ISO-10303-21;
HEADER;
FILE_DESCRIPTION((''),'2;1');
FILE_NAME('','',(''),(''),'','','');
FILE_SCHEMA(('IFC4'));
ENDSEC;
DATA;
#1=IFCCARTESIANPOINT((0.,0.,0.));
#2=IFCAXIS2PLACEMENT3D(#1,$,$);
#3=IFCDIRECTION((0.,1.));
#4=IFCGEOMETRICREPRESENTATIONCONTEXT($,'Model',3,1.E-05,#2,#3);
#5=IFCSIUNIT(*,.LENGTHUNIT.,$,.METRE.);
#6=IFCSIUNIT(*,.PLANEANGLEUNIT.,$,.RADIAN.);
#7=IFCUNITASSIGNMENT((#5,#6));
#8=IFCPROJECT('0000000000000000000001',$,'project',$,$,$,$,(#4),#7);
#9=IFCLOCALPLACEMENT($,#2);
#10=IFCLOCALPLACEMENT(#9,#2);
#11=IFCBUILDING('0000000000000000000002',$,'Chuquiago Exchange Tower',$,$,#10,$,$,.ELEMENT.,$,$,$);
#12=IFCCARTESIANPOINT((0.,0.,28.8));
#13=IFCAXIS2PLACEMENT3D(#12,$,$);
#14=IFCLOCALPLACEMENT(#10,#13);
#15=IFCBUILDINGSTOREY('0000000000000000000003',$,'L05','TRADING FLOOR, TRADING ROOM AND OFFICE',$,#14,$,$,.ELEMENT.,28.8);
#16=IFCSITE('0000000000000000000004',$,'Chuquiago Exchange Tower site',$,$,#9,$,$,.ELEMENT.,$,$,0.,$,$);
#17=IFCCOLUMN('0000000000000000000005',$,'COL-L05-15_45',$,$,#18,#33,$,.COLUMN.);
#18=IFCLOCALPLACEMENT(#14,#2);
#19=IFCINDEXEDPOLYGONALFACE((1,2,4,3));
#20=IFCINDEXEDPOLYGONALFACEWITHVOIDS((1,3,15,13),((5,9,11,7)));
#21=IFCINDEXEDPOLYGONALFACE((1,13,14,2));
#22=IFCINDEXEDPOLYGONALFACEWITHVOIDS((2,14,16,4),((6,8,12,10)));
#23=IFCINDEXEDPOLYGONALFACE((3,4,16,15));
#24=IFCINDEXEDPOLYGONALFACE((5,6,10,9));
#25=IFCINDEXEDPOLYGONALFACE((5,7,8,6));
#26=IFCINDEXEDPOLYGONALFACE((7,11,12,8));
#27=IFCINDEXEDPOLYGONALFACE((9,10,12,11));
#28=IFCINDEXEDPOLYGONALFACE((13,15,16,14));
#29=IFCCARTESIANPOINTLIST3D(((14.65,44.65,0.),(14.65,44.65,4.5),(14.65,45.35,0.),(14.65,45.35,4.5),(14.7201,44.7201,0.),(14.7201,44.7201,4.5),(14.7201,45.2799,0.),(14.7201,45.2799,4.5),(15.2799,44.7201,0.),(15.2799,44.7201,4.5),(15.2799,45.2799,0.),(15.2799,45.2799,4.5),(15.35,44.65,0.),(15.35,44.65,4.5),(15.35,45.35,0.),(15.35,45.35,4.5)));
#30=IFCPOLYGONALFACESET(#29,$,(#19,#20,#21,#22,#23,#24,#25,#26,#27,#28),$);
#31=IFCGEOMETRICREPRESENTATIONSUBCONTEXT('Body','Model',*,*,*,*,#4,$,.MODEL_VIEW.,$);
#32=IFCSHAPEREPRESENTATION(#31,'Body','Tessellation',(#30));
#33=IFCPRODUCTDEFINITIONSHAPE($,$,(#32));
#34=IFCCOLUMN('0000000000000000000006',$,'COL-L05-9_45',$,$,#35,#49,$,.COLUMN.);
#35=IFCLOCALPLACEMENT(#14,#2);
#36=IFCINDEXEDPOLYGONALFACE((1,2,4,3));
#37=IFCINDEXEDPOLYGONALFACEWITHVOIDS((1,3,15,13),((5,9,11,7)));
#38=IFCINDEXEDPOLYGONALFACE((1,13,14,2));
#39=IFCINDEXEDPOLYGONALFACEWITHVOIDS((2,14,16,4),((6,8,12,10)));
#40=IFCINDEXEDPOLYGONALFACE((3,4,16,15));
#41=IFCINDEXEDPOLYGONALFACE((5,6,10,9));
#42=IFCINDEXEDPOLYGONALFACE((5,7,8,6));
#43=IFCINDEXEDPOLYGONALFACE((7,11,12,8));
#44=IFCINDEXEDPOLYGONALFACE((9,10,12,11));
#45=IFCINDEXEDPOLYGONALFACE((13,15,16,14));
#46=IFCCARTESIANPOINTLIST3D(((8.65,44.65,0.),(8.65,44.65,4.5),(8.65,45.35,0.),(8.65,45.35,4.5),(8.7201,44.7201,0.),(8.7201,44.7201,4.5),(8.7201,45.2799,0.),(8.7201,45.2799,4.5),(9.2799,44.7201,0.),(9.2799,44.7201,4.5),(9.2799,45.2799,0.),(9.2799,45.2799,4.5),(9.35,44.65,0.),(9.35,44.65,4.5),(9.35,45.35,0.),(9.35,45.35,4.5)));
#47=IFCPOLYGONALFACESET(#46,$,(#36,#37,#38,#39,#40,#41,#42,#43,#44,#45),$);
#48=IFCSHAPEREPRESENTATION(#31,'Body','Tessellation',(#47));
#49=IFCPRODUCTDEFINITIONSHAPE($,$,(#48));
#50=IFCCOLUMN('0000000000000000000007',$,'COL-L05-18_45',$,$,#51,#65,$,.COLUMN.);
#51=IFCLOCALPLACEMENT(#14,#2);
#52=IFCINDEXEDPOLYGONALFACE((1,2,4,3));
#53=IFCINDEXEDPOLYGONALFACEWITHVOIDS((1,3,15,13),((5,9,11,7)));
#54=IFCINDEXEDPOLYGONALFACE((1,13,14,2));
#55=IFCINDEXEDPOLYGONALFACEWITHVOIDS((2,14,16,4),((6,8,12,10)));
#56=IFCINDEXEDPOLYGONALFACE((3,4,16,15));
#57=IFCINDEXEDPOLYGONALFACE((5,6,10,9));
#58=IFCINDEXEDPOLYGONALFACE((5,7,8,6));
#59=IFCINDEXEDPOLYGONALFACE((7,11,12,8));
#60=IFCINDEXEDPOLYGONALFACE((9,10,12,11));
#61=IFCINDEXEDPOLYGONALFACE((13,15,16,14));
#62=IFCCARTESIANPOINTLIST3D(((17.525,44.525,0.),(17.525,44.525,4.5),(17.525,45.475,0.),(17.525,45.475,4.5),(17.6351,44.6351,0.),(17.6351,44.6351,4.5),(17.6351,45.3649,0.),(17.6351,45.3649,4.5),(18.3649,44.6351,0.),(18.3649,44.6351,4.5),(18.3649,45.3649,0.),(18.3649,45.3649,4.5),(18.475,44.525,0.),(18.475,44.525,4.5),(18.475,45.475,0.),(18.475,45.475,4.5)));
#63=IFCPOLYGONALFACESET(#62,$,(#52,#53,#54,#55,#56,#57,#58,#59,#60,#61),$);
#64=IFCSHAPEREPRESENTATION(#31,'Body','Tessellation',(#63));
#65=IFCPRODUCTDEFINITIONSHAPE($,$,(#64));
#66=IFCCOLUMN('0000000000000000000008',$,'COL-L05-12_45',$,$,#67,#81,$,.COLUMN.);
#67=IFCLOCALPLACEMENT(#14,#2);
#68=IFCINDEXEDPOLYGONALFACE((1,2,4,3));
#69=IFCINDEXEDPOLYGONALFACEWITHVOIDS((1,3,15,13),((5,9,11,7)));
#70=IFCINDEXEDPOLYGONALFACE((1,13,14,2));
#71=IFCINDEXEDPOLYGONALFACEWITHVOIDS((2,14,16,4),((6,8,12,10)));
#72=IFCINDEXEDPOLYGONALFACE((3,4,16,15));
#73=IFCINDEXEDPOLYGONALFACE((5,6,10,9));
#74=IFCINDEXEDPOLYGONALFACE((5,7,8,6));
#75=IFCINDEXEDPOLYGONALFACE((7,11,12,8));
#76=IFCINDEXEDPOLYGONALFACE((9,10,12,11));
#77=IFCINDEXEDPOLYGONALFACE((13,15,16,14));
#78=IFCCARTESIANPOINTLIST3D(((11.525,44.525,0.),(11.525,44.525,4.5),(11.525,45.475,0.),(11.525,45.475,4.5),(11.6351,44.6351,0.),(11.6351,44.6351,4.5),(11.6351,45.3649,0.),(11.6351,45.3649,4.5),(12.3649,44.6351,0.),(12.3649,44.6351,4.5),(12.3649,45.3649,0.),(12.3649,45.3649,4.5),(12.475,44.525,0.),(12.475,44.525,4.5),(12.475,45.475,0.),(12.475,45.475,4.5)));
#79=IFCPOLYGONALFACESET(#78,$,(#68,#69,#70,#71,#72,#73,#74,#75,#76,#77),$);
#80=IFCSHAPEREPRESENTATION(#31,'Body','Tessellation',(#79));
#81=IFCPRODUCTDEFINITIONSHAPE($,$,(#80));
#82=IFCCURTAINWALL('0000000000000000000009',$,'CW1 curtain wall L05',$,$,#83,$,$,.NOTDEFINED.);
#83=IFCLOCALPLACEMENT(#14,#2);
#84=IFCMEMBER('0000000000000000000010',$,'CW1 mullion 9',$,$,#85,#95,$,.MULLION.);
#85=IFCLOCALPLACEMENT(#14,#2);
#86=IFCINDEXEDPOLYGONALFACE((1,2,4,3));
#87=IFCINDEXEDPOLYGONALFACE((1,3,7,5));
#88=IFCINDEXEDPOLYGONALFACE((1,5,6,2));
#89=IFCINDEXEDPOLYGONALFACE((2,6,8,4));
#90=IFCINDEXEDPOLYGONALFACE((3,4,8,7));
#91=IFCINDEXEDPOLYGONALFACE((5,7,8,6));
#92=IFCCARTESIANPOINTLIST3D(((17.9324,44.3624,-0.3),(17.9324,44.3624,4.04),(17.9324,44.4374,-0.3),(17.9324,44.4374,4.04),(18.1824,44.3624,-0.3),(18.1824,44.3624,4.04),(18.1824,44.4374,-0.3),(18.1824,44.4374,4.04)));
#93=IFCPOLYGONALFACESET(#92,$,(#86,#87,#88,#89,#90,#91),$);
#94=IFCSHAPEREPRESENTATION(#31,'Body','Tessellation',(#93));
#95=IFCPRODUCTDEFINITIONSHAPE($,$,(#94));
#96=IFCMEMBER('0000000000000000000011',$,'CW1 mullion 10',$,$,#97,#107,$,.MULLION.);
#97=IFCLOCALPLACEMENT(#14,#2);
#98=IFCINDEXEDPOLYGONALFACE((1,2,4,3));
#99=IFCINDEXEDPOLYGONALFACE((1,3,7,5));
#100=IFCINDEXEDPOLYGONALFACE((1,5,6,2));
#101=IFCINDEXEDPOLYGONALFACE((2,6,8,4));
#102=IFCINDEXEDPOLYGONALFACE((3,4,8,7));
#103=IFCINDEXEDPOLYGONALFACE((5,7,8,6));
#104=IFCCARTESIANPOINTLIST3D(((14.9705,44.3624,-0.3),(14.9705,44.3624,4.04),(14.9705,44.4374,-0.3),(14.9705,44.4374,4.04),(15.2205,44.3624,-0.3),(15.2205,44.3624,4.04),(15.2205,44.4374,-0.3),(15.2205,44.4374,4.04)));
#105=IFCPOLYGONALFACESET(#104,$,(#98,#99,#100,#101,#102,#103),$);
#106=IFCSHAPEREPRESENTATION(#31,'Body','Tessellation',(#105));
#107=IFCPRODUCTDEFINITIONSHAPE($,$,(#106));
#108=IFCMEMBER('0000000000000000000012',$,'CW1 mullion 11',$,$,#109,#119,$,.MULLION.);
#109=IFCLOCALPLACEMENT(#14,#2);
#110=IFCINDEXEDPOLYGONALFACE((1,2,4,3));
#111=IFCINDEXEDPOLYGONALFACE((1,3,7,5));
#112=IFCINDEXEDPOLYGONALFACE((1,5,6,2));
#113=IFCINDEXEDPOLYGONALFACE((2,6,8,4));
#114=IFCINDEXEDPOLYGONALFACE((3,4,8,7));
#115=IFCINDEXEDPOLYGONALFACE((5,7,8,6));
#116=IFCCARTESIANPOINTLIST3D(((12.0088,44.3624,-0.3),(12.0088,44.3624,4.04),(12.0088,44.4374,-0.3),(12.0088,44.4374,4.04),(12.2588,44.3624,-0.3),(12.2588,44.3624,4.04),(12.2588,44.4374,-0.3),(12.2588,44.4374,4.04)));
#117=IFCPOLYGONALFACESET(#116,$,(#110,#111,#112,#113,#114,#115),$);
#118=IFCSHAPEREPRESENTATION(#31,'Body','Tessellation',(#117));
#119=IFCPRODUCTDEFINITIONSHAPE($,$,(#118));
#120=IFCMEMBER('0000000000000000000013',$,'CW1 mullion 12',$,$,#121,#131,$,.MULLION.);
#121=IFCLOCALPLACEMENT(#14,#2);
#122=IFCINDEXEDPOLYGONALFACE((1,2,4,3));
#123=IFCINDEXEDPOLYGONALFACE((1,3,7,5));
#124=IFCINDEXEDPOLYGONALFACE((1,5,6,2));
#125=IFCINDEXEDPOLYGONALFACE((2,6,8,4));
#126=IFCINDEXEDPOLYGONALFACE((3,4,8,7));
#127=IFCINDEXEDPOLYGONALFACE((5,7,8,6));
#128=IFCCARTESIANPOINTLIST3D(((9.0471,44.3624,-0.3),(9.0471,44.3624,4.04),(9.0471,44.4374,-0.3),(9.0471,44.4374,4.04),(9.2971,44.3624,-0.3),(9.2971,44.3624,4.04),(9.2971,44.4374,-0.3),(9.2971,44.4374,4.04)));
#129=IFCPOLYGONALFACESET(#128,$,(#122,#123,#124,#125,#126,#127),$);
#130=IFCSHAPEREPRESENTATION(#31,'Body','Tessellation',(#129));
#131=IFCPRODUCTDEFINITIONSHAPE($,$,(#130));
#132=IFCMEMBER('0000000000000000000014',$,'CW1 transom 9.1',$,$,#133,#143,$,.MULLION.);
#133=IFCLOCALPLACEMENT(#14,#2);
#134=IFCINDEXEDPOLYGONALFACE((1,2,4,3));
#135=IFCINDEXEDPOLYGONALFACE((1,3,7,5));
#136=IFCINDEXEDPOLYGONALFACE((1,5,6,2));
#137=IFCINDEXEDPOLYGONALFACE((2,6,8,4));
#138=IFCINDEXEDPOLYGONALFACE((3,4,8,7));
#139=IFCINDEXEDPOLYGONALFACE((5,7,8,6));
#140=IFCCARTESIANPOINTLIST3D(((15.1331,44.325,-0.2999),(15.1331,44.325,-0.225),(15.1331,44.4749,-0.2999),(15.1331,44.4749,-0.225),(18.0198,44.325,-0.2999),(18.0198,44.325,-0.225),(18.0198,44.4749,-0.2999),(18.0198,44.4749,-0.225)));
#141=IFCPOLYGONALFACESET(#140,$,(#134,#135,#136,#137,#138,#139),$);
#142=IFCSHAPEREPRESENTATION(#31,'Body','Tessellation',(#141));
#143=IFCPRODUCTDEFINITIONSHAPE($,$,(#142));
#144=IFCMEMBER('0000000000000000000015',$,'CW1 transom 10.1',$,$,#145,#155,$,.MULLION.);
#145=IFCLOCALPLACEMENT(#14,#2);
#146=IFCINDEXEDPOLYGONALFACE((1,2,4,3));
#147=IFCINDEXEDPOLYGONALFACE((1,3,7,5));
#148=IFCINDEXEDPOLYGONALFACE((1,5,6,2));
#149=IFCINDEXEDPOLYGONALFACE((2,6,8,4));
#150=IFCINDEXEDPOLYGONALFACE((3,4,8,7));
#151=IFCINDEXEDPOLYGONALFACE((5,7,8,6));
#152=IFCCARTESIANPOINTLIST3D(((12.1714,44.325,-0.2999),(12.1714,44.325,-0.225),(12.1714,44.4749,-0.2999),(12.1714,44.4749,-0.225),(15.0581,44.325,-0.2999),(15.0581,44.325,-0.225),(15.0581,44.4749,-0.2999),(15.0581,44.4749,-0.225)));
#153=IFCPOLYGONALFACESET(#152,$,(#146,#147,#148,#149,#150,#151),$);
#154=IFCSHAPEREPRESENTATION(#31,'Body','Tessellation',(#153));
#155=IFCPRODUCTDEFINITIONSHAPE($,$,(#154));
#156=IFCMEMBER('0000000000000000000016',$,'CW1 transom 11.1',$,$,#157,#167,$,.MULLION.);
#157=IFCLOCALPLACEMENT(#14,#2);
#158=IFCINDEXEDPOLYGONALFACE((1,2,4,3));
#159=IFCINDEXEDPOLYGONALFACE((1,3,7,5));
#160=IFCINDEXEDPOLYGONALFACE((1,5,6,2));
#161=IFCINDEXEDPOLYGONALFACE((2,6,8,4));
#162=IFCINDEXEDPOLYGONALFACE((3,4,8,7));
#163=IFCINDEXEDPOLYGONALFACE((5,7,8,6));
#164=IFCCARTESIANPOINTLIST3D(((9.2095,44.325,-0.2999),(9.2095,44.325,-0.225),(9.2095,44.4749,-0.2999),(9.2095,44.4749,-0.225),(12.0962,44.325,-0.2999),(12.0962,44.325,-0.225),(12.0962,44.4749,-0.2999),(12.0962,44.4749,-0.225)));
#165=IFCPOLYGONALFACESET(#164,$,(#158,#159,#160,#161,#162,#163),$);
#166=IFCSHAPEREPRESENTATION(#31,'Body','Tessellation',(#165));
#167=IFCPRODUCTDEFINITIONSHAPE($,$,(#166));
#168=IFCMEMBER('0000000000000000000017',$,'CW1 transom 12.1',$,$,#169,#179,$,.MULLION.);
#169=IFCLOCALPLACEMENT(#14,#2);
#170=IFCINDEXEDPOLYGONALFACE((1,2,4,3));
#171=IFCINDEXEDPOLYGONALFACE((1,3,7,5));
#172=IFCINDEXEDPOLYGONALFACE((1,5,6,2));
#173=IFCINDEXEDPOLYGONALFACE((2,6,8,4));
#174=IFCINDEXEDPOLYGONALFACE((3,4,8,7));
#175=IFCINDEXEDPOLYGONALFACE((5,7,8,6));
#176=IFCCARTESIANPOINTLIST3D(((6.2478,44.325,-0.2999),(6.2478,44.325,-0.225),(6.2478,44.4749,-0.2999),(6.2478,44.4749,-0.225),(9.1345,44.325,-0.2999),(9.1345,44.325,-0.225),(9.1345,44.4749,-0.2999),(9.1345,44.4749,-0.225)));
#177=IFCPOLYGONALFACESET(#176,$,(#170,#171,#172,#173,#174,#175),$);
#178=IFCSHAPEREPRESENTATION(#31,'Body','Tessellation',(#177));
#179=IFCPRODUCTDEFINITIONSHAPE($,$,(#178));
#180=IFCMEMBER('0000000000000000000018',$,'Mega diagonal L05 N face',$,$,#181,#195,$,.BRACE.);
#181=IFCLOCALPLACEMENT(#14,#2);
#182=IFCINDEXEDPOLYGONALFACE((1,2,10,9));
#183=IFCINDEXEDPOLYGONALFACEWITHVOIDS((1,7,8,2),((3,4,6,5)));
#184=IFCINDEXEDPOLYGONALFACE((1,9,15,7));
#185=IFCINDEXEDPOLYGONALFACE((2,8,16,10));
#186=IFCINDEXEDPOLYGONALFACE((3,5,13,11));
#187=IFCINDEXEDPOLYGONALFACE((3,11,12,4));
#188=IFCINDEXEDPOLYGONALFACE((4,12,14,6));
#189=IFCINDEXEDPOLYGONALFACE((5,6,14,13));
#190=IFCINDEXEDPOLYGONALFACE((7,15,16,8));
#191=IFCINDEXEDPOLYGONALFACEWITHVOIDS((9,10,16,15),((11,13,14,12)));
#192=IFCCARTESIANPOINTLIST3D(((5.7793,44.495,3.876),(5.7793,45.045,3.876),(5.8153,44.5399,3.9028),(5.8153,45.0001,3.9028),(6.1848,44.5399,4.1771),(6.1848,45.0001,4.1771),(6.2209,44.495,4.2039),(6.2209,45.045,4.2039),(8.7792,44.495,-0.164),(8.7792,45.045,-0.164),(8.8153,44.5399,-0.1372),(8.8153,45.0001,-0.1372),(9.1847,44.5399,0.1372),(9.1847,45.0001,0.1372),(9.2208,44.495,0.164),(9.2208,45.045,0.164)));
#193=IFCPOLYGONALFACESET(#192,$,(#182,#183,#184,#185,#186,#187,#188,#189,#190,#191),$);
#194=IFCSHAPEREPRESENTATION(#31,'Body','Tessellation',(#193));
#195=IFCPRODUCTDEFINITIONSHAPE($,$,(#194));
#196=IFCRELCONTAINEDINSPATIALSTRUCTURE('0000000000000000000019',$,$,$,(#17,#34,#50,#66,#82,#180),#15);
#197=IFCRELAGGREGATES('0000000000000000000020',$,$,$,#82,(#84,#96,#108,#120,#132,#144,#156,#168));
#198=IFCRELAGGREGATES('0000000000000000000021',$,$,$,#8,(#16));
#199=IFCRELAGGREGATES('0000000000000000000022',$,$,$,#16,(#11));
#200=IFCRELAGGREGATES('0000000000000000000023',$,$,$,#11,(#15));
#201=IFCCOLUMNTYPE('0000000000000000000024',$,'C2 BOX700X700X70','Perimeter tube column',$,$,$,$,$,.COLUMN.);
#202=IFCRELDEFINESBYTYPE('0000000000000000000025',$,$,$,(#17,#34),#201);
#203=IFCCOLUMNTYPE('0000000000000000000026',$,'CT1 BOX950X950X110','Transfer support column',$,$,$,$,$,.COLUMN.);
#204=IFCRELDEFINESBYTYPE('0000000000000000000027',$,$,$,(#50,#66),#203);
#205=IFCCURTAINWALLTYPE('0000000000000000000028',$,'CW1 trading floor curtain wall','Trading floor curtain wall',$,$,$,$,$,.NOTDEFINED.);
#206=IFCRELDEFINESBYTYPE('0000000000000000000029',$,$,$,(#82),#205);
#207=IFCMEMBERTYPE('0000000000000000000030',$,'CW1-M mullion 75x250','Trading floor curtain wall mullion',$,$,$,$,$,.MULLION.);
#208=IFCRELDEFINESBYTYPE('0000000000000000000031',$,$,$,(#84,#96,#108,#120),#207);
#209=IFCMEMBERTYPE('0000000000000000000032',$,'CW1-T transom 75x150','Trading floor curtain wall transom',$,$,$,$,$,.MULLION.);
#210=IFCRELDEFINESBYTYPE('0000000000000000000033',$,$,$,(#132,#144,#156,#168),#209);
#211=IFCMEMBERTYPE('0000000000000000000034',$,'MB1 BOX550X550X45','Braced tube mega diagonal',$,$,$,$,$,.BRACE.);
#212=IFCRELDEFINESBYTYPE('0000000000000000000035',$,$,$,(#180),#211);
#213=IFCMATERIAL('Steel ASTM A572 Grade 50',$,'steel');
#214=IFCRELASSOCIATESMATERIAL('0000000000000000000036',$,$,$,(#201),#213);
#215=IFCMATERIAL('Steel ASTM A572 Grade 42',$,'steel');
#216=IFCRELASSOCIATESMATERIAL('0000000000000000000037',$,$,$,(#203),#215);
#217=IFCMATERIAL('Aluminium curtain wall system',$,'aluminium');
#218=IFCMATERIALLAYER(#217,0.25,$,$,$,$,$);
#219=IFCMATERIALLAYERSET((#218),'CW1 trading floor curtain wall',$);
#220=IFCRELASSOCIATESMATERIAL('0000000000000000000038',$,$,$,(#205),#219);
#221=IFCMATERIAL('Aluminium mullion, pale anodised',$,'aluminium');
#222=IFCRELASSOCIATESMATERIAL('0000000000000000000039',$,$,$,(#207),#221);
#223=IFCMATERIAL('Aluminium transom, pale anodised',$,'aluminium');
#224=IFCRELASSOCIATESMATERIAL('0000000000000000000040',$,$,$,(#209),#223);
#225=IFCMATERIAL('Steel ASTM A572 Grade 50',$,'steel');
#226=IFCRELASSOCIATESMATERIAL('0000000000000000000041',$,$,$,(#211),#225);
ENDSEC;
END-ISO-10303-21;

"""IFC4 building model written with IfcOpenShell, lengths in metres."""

from ifc_helpers import new_model, si_unit, direction, frame, origin, origin_2d, place, context, subcontext, project, spatial, rectangle, hollow_rectangle, extrude, material, layer, layer_set, material_profile, profile_set, type_object, element, aggregate, save


model = new_model("IFC4")

# Units and contexts
model_context = context("Model", 3, precision=1e-05, world=origin(), true_north=direction((0.0, 1.0)))
body_context = subcontext(model_context, "Body", "Model", "MODEL_VIEW")
ifc_project = project(units=[si_unit("LENGTHUNIT", "METRE"), si_unit("PLANEANGLEUNIT", "RADIAN")], contexts=[model_context])

# Site, building, storey
site_placement = place(None, origin())
site = spatial("IfcSite", under=ifc_project, at=site_placement, Name="Chuquiago Exchange Tower site", CompositionType="ELEMENT", RefElevation=0.0)
building_placement = place(site_placement, origin())
building = spatial("IfcBuilding", under=site, at=building_placement, Name="Chuquiago Exchange Tower", CompositionType="ELEMENT")
storey_placement = place(building_placement, frame((0.0, 0.0, 28.8)))
storey = spatial("IfcBuildingStorey", under=building, at=storey_placement, Name="L05", Description="TRADING FLOOR, TRADING ROOM AND OFFICE", CompositionType="ELEMENT", Elevation=28.8)

# Columns
ifc_material_1 = material(Name="Steel ASTM A572 Grade 50", Category="steel")
ifc_material_profile_1 = material_profile(ifc_material_1, hollow_rectangle(XDim=0.7, YDim=0.7, WallThickness=0.0701, at=origin_2d()), Name="BOX700X700X70")
ifc_profile_set_1 = profile_set([ifc_material_profile_1], Name="Steel ASTM A572 Grade 50")
column_type_1 = type_object("IfcColumnType", Name="C2 BOX700X700X70", Description="Perimeter tube column", PredefinedType="COLUMN", material=ifc_profile_set_1)
for number, where, z_axis, x_axis, name in (
    (1, (15.0, 45.0, 0.0), (0.0, 0.0, 1.0), (0.0, 1.0, 0.0), "COL-L05-15_45"),
    (2, (9.0, 45.0, 0.0), (0.0, 0.0, 1.0), (0.0, 1.0, 0.0), "COL-L05-9_45"),
):
    element("IfcColumn", number, at=place(storey_placement, frame(where, z_axis=z_axis, x_axis=x_axis)), inside=storey, type_object=column_type_1, Name=name, PredefinedType="COLUMN", context=body_context, shape_type="SweptSolid", body=[
        extrude(hollow_rectangle(XDim=0.7, YDim=0.7, WallThickness=0.0701, at=origin_2d()), origin(), (0.0, 0.0, 1.0), 4.5),
    ])
ifc_material_2 = material(Name="Steel ASTM A572 Grade 42", Category="steel")
ifc_material_profile_2 = material_profile(ifc_material_2, hollow_rectangle(XDim=0.95, YDim=0.95, WallThickness=0.1101, at=origin_2d()), Name="BOX950X950X110")
ifc_profile_set_2 = profile_set([ifc_material_profile_2], Name="Steel ASTM A572 Grade 42")
column_type_2 = type_object("IfcColumnType", Name="CT1 BOX950X950X110", Description="Transfer support column", PredefinedType="COLUMN", material=ifc_profile_set_2)
for number, where, z_axis, x_axis, name in (
    (3, (18.0, 45.0, 0.0), (0.0, 0.0, 1.0), (0.0, 1.0, 0.0), "COL-L05-18_45"),
    (4, (12.0, 45.0, 0.0), (0.0, 0.0, 1.0), (0.0, 1.0, 0.0), "COL-L05-12_45"),
):
    element("IfcColumn", number, at=place(storey_placement, frame(where, z_axis=z_axis, x_axis=x_axis)), inside=storey, type_object=column_type_2, Name=name, PredefinedType="COLUMN", context=body_context, shape_type="SweptSolid", body=[
        extrude(hollow_rectangle(XDim=0.95, YDim=0.95, WallThickness=0.1101, at=origin_2d()), origin(), (0.0, 0.0, 1.0), 4.5),
    ])

# Curtain wall, members
ifc_material_3 = material(Name="Aluminium curtain wall system", Category="aluminium")
ifc_layer_1 = layer(ifc_material_3, 0.25)
ifc_layer_set_1 = layer_set([ifc_layer_1], Name="CW1 trading floor curtain wall")
curtain_wall_type = type_object("IfcCurtainWallType", Name="CW1 trading floor curtain wall", Description="Trading floor curtain wall", PredefinedType="NOTDEFINED", material=ifc_layer_set_1)
curtain_wall_placement = place(storey_placement, origin())
curtain_wall = element("IfcCurtainWall", 5, at=curtain_wall_placement, inside=storey, type_object=curtain_wall_type, Name="CW1 curtain wall L05", PredefinedType="NOTDEFINED")
ifc_material_4 = material(Name="Aluminium mullion, pale anodised", Category="aluminium")
ifc_material_profile_3 = material_profile(ifc_material_4, rectangle(XDim=0.075, YDim=0.25, at=origin_2d()), Name="AL 75x250")
ifc_profile_set_3 = profile_set([ifc_material_profile_3], Name="Aluminium mullion, pale anodised")
member_type_1 = type_object("IfcMemberType", Name="CW1-M mullion 75x250", Description="Trading floor curtain wall mullion", PredefinedType="MULLION", material=ifc_profile_set_3)
member_1_placement = place(storey_placement, frame((18.0574, 44.3999, -0.3), z_axis=(0.0, 0.0, 1.0), x_axis=(0.0, -1.0, 0.0)))
member_1 = element("IfcMember", 6, at=member_1_placement, type_object=member_type_1, Name="CW1 mullion 9", PredefinedType="MULLION", context=body_context, shape_type="SweptSolid", body=[
    extrude(rectangle(XDim=0.075, YDim=0.25, at=origin_2d()), origin(), (0.0, 0.0, 1.0), 4.3401),
])
member_2_placement = place(storey_placement, frame((15.0955, 44.3999, -0.3), z_axis=(0.0, 0.0, 1.0), x_axis=(0.0, -1.0, 0.0)))
member_2 = element("IfcMember", 7, at=member_2_placement, type_object=member_type_1, Name="CW1 mullion 10", PredefinedType="MULLION", context=body_context, shape_type="SweptSolid", body=[
    extrude(rectangle(XDim=0.075, YDim=0.25, at=origin_2d()), origin(), (0.0, 0.0, 1.0), 4.3401),
])
member_3_placement = place(storey_placement, frame((12.1338, 44.3999, -0.3), z_axis=(0.0, 0.0, 1.0), x_axis=(0.0, -1.0, 0.0)))
member_3 = element("IfcMember", 8, at=member_3_placement, type_object=member_type_1, Name="CW1 mullion 11", PredefinedType="MULLION", context=body_context, shape_type="SweptSolid", body=[
    extrude(rectangle(XDim=0.075, YDim=0.25, at=origin_2d()), origin(), (0.0, 0.0, 1.0), 4.3401),
])
member_4_placement = place(storey_placement, frame((9.1721, 44.3999, -0.3), z_axis=(0.0, 0.0, 1.0), x_axis=(0.0, -1.0, 0.0)))
member_4 = element("IfcMember", 9, at=member_4_placement, type_object=member_type_1, Name="CW1 mullion 12", PredefinedType="MULLION", context=body_context, shape_type="SweptSolid", body=[
    extrude(rectangle(XDim=0.075, YDim=0.25, at=origin_2d()), origin(), (0.0, 0.0, 1.0), 4.3401),
])
ifc_material_5 = material(Name="Aluminium transom, pale anodised", Category="aluminium")
ifc_material_profile_4 = material_profile(ifc_material_5, rectangle(XDim=0.1499, YDim=0.075, at=origin_2d()), Name="AL 150x75")
ifc_profile_set_4 = profile_set([ifc_material_profile_4], Name="Aluminium transom, pale anodised")
member_type_2 = type_object("IfcMemberType", Name="CW1-T transom 75x150", Description="Trading floor curtain wall transom", PredefinedType="MULLION", material=ifc_profile_set_4)
member_5_placement = place(storey_placement, frame((18.0198, 44.3999, -0.2625), z_axis=(-1.0, 0.0, 0.0), x_axis=(0.0, -1.0, 0.0)))
member_5 = element("IfcMember", 10, at=member_5_placement, type_object=member_type_2, Name="CW1 transom 9.1", PredefinedType="MULLION", context=body_context, shape_type="SweptSolid", body=[
    extrude(rectangle(XDim=0.1499, YDim=0.075, at=origin_2d()), origin(), (0.0, 0.0, 1.0), 2.8867),
])
member_6_placement = place(storey_placement, frame((15.0581, 44.3999, -0.2625), z_axis=(-1.0, 0.0, 0.0), x_axis=(0.0, -1.0, 0.0)))
member_6 = element("IfcMember", 11, at=member_6_placement, type_object=member_type_2, Name="CW1 transom 10.1", PredefinedType="MULLION", context=body_context, shape_type="SweptSolid", body=[
    extrude(rectangle(XDim=0.1499, YDim=0.075, at=origin_2d()), origin(), (0.0, 0.0, 1.0), 2.8867),
])
member_7_placement = place(storey_placement, frame((12.0962, 44.3999, -0.2625), z_axis=(-1.0, 0.0, 0.0), x_axis=(0.0, -1.0, 0.0)))
member_7 = element("IfcMember", 12, at=member_7_placement, type_object=member_type_2, Name="CW1 transom 11.1", PredefinedType="MULLION", context=body_context, shape_type="SweptSolid", body=[
    extrude(rectangle(XDim=0.1499, YDim=0.075, at=origin_2d()), origin(), (0.0, 0.0, 1.0), 2.8867),
])
member_8_placement = place(storey_placement, frame((9.1345, 44.3999, -0.2625), z_axis=(-1.0, 0.0, 0.0), x_axis=(0.0, -1.0, 0.0)))
member_8 = element("IfcMember", 13, at=member_8_placement, type_object=member_type_2, Name="CW1 transom 12.1", PredefinedType="MULLION", context=body_context, shape_type="SweptSolid", body=[
    extrude(rectangle(XDim=0.1499, YDim=0.075, at=origin_2d()), origin(), (0.0, 0.0, 1.0), 2.8867),
])

# Member
ifc_material_6 = material(Name="Steel ASTM A572 Grade 50", Category="steel")
ifc_material_profile_5 = material_profile(ifc_material_6, hollow_rectangle(XDim=0.55, YDim=0.55, WallThickness=0.0449, at=origin_2d()), Name="BOX550X550X45")
ifc_profile_set_5 = profile_set([ifc_material_profile_5], Name="Steel ASTM A572 Grade 50")
member_type_3 = type_object("IfcMemberType", Name="MB1 BOX550X550X45", Description="Braced tube mega diagonal", PredefinedType="BRACE", material=ifc_profile_set_5)
member_9_placement = place(storey_placement, frame((9.0, 44.77, 0.0), z_axis=(-0.596174, 0.0, 0.802855), x_axis=(0.0, -1.0, 0.0)))
element("IfcMember", 14, at=member_9_placement, inside=storey, type_object=member_type_3, Name="Mega diagonal L05 N face", PredefinedType="BRACE", context=body_context, shape_type="SweptSolid", body=[
    extrude(hollow_rectangle(XDim=0.55, YDim=0.55, WallThickness=0.0449, at=origin_2d()), origin(), (0.0, 0.0, 1.0), 5.032),
])

aggregate(curtain_wall, [member_1, member_2, member_3, member_4, member_5, member_6, member_7, member_8])

save(model, "model.ifc")
